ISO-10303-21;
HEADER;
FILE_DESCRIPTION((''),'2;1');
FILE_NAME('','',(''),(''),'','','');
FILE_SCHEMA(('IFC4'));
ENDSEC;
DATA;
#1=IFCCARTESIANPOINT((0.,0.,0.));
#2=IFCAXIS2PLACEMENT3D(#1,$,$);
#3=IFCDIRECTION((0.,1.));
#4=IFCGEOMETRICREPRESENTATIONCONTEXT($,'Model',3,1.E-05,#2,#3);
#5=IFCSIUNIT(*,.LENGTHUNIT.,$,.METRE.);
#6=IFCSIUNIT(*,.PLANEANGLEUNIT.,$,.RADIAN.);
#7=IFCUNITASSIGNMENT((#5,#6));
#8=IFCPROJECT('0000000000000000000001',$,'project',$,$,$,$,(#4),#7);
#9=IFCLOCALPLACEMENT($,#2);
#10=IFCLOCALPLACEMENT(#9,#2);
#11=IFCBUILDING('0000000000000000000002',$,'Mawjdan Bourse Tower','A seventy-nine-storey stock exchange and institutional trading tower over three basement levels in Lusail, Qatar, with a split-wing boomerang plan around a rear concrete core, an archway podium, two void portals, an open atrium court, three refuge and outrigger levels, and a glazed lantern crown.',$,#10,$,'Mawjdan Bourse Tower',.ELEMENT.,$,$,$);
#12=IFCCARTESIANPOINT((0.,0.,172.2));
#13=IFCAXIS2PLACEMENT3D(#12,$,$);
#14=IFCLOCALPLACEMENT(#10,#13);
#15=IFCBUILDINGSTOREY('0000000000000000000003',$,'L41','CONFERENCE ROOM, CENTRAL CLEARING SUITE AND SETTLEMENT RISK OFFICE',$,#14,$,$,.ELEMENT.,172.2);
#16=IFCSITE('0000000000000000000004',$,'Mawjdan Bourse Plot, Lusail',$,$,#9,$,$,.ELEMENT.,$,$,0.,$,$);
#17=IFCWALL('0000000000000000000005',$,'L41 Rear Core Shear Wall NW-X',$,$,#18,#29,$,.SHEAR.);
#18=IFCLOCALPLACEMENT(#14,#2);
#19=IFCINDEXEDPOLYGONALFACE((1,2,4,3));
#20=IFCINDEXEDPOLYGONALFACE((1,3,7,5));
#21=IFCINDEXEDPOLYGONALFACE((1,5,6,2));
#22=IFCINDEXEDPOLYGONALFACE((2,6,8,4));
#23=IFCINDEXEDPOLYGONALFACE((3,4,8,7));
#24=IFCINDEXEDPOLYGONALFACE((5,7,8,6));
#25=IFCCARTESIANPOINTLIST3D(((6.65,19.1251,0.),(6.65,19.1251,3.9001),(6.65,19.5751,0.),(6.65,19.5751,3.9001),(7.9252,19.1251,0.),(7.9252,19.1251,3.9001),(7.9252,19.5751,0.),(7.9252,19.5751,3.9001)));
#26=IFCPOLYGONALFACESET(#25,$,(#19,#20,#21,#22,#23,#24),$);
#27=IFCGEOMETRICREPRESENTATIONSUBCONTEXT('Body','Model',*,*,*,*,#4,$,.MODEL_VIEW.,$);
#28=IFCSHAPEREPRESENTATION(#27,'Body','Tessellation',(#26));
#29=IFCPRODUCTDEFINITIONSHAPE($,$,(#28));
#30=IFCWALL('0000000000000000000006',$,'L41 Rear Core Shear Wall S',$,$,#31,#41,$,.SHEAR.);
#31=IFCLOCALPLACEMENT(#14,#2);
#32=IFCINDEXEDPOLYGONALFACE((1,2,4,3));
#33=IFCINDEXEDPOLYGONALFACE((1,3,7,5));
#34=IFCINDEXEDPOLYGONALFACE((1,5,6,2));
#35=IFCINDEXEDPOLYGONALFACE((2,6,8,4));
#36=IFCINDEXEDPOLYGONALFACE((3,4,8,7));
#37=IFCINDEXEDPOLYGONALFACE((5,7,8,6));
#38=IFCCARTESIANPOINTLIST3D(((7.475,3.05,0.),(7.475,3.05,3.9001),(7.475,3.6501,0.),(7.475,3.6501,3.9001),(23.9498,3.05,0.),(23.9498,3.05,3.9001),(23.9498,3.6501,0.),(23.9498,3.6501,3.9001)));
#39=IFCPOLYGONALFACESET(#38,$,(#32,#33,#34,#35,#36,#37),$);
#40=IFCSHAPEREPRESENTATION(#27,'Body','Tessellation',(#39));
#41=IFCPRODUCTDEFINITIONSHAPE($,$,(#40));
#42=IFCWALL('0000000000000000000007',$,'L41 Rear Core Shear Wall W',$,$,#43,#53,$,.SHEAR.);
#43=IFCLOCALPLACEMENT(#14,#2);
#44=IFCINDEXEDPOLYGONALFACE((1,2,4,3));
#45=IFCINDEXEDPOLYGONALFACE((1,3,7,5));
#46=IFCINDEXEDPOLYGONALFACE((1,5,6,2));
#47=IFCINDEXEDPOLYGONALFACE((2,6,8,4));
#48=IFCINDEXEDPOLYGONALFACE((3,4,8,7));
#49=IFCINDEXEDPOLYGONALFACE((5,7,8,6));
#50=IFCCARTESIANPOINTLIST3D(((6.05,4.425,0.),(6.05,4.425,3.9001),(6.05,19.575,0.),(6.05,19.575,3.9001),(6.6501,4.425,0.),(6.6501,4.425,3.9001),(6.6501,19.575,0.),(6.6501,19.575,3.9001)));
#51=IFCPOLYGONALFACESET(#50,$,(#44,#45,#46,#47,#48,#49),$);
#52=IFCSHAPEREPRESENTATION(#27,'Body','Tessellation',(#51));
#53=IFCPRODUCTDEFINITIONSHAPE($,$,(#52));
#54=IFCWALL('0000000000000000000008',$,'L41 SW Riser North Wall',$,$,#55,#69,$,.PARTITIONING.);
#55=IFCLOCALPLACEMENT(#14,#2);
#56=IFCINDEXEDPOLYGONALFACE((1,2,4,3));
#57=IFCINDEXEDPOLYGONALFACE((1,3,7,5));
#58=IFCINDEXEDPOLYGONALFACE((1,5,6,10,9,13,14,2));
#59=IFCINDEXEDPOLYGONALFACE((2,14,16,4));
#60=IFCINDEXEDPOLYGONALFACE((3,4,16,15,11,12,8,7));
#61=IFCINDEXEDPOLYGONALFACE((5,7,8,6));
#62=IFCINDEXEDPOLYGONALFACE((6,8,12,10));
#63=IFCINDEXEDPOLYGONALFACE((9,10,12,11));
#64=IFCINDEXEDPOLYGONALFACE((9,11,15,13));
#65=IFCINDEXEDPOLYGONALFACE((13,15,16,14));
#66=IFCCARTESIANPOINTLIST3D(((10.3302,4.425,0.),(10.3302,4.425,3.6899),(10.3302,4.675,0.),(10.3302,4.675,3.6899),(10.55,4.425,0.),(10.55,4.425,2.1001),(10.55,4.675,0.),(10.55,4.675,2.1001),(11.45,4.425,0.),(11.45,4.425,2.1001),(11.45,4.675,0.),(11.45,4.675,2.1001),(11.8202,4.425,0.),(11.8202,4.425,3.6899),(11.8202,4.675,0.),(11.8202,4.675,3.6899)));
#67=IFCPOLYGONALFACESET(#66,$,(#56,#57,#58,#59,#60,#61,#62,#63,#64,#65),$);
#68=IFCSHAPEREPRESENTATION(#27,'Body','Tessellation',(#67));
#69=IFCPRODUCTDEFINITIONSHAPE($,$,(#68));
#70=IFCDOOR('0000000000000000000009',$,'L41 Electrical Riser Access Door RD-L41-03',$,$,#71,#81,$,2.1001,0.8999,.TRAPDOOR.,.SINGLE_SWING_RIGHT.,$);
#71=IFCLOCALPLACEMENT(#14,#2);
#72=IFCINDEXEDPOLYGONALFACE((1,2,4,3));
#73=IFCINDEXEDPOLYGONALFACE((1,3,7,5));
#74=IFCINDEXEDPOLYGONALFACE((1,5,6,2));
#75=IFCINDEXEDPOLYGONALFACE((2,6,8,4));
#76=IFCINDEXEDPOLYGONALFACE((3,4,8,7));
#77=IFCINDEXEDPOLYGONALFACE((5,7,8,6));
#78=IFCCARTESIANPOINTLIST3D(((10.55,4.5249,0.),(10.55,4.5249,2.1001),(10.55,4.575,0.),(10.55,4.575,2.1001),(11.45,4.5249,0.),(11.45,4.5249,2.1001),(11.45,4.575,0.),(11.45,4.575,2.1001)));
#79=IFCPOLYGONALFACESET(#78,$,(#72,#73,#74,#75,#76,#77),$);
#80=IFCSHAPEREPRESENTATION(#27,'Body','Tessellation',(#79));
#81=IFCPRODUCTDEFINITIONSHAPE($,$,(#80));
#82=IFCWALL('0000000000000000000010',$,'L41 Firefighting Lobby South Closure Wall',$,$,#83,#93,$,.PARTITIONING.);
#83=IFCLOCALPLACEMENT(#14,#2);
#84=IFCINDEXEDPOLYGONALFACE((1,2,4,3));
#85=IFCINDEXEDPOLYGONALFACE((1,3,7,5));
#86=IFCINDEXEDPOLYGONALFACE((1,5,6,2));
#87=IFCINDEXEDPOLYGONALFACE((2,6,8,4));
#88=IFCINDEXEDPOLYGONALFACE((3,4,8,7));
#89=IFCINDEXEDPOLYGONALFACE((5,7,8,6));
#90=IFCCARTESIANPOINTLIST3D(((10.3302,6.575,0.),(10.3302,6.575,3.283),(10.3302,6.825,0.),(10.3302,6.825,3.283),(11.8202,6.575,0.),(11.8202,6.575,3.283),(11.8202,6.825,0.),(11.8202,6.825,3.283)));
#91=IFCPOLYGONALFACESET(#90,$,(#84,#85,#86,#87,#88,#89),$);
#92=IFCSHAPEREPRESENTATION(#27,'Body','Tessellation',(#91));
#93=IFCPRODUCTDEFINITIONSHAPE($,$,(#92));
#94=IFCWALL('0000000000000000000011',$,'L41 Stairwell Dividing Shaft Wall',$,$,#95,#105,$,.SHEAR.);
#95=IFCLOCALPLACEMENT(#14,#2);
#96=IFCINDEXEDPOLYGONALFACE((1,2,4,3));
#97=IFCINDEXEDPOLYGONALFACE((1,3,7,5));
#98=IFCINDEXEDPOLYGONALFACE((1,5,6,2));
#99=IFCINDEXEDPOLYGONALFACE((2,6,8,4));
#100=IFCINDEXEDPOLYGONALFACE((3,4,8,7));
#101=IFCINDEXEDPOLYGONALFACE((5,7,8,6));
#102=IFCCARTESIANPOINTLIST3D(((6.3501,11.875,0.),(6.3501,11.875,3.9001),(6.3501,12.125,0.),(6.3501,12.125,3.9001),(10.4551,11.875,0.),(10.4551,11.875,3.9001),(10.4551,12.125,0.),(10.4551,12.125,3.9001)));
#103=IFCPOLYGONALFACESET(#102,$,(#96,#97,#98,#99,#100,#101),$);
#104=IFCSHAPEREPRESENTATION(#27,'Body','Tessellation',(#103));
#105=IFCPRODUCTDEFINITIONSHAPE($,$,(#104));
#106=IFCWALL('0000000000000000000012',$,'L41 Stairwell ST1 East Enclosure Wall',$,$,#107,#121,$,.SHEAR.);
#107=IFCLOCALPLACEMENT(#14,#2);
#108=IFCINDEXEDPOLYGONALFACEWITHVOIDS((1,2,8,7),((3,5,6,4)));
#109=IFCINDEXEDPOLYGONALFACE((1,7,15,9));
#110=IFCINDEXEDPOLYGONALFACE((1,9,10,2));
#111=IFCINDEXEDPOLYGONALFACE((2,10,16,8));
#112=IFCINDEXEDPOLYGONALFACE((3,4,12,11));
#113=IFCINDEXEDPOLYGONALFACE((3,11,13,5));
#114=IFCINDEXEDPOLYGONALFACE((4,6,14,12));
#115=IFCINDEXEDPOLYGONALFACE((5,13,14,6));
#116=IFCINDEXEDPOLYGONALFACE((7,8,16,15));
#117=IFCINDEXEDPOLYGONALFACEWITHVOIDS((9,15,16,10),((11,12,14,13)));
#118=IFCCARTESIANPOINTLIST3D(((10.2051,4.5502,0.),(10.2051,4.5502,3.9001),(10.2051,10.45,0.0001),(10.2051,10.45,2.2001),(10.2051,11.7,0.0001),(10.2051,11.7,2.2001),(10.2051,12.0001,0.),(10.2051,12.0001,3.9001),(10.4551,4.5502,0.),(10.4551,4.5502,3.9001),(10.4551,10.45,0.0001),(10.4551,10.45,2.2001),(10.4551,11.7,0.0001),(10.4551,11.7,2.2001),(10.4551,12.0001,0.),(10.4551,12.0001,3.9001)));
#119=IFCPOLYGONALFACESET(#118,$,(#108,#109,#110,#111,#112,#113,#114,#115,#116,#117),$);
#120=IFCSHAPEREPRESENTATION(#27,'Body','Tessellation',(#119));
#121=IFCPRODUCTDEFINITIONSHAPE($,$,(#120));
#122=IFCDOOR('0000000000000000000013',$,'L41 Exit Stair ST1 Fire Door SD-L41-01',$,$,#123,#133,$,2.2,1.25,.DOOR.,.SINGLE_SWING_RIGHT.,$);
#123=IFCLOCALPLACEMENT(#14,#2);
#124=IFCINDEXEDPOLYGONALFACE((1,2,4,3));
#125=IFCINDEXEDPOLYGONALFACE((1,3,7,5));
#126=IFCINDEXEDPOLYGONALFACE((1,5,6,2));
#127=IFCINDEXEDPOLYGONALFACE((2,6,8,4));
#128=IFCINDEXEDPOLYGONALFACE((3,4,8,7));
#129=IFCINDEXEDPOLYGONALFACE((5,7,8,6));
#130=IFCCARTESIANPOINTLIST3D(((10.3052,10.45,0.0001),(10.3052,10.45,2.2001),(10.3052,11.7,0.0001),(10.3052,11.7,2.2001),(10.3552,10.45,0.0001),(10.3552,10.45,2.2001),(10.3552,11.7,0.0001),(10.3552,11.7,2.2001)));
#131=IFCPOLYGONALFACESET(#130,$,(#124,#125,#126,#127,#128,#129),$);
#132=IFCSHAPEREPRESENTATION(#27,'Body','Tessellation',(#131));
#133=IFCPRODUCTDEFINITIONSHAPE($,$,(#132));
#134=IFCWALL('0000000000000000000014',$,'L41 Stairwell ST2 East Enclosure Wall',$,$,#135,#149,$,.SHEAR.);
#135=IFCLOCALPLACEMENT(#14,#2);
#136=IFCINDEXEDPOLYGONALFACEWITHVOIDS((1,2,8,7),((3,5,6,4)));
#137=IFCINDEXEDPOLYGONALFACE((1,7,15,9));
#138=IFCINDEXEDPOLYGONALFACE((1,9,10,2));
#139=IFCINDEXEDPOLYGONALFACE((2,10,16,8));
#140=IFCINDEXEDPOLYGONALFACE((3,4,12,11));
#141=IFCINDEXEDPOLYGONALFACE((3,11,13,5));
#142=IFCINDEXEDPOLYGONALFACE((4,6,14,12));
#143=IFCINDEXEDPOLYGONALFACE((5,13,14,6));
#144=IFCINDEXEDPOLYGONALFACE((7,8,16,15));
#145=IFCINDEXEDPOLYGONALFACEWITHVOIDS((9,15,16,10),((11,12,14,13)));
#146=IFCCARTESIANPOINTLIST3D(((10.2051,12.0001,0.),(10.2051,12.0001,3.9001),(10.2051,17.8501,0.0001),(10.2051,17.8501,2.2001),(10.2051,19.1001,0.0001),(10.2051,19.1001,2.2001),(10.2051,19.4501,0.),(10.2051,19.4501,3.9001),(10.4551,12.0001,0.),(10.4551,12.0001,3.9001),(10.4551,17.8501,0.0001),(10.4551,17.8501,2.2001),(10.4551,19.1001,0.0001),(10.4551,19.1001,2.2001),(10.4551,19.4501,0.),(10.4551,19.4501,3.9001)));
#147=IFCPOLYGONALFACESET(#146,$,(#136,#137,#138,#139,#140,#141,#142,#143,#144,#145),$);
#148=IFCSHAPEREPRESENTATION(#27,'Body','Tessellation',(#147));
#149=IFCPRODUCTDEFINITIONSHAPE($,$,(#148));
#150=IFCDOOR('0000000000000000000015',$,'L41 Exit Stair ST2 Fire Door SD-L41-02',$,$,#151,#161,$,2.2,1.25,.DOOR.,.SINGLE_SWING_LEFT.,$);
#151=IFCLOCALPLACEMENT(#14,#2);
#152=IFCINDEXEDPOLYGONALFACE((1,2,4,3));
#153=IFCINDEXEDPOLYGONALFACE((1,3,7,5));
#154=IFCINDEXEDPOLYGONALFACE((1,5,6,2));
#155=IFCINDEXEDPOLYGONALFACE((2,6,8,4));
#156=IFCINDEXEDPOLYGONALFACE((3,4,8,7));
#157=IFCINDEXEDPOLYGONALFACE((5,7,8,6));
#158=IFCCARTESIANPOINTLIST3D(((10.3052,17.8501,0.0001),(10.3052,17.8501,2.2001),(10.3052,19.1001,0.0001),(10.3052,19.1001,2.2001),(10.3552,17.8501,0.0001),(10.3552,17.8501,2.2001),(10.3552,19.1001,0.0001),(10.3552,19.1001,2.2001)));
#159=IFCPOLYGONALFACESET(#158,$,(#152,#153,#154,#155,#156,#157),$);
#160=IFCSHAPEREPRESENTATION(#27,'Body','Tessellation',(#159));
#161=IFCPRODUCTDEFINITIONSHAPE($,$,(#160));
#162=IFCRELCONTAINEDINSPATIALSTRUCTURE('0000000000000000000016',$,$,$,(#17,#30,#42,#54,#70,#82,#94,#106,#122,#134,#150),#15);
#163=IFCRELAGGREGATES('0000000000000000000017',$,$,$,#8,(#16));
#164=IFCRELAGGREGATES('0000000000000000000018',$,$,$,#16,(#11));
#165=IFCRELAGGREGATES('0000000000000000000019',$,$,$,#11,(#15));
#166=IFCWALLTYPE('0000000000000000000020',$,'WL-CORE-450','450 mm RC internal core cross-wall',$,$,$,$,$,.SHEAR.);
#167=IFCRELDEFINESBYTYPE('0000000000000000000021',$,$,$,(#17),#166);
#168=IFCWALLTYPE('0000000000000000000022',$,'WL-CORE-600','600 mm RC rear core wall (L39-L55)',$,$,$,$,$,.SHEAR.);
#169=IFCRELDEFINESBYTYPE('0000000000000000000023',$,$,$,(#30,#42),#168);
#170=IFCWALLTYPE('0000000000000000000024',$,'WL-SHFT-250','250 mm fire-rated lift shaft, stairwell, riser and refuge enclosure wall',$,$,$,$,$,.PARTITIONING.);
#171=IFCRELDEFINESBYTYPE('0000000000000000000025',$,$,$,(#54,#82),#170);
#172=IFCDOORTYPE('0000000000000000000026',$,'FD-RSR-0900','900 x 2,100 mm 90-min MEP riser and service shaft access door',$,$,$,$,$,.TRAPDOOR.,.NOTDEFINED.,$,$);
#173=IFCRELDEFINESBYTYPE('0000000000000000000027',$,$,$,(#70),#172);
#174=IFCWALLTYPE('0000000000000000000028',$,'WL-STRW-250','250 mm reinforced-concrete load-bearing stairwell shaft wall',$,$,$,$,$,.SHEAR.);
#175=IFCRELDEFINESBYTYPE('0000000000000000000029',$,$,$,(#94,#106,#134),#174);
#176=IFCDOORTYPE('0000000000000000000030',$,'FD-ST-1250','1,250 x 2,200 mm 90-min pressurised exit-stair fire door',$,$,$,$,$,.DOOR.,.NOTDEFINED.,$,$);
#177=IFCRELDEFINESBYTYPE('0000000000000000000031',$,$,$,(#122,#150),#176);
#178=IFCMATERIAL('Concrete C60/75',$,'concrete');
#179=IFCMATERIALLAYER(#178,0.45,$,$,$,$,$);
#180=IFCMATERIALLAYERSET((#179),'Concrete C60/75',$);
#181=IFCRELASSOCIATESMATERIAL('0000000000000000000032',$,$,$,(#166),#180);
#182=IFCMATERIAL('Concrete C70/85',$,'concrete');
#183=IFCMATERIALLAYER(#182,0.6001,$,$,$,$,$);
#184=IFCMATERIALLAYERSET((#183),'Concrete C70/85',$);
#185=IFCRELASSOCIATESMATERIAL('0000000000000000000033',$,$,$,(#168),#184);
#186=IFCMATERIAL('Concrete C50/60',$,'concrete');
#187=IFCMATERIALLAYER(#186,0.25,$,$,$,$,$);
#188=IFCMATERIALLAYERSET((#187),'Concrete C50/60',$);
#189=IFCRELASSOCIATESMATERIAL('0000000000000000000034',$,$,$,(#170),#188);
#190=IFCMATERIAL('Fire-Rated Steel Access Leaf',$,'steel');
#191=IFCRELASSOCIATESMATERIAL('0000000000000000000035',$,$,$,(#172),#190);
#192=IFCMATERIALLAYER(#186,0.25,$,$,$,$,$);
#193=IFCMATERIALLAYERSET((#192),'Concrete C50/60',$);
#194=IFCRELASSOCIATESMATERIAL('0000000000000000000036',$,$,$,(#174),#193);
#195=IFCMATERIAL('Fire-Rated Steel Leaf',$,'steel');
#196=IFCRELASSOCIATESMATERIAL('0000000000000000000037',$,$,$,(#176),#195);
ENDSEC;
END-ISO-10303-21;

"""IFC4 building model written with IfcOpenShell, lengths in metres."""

from ifc_helpers import new_model, si_unit, direction, frame, frame_2d, origin, place, context, subcontext, project, spatial, rectangle, extrude, material, layer, layer_set, type_object, element, fill, save


model = new_model("IFC4")

# Units and contexts
model_context = context("Model", 3, precision=1e-05, world=origin(), true_north=direction((0.0, 1.0)))
body_context = subcontext(model_context, "Body", "Model", "MODEL_VIEW")
ifc_project = project(units=[si_unit("LENGTHUNIT", "METRE"), si_unit("PLANEANGLEUNIT", "RADIAN")], contexts=[model_context])

# Site, building, storey
site_placement = place(None, origin())
site = spatial("IfcSite", under=ifc_project, at=site_placement, Name="Mawjdan Bourse Plot, Lusail", CompositionType="ELEMENT", RefElevation=0.0)
building_placement = place(site_placement, origin())
building = spatial("IfcBuilding", under=site, at=building_placement, Name="Mawjdan Bourse Tower", Description="A seventy-nine-storey stock exchange and institutional trading tower over three basement levels in Lusail, Qatar, with a split-wing boomerang plan around a rear concrete core, an archway podium, two void portals, an open atrium court, three refuge and outrigger levels, and a glazed lantern crown.", LongName="Mawjdan Bourse Tower", CompositionType="ELEMENT")
storey_placement = place(building_placement, frame((0.0, 0.0, 172.2)))
storey = spatial("IfcBuildingStorey", under=building, at=storey_placement, Name="L41", Description="CONFERENCE ROOM, CENTRAL CLEARING SUITE AND SETTLEMENT RISK OFFICE", CompositionType="ELEMENT", Elevation=172.2)

# Shared definitions
ifc_material_1 = material(Name="Concrete C50/60", Category="concrete")

# Walls
ifc_material_2 = material(Name="Concrete C60/75", Category="concrete")
ifc_layer_1 = layer(ifc_material_2, 0.45)
ifc_layer_set_1 = layer_set([ifc_layer_1], Name="Concrete C60/75")
wall_type_1 = type_object("IfcWallType", Name="WL-CORE-450", Description="450 mm RC internal core cross-wall", PredefinedType="SHEAR", material=ifc_layer_set_1)
wall_1_placement = place(storey_placement, frame((6.6499, 19.3501, 0.0), z_axis=(0.0, 0.0, 1.0), x_axis=(1.0, 0.0, 0.0)))
element("IfcWall", 1, at=wall_1_placement, inside=storey, type_object=wall_type_1, Name="L41 Rear Core Shear Wall NW-X", PredefinedType="SHEAR", context=body_context, shape_type="SweptSolid", body=[
    extrude(rectangle(XDim=1.2751, YDim=0.45, at=frame_2d((0.6377, 0.0))), origin(), (0.0, 0.0, 1.0), 3.9001),
])
ifc_material_3 = material(Name="Concrete C70/85", Category="concrete")
ifc_layer_2 = layer(ifc_material_3, 0.6001)
ifc_layer_set_2 = layer_set([ifc_layer_2], Name="Concrete C70/85")
wall_type_2 = type_object("IfcWallType", Name="WL-CORE-600", Description="600 mm RC rear core wall (L39-L55)", PredefinedType="SHEAR", material=ifc_layer_set_2)
wall_2_placement = place(storey_placement, frame((7.4751, 3.3501, 0.0), z_axis=(0.0, 0.0, 1.0), x_axis=(1.0, 0.0, 0.0)))
element("IfcWall", 2, at=wall_2_placement, inside=storey, type_object=wall_type_2, Name="L41 Rear Core Shear Wall S", PredefinedType="SHEAR", context=body_context, shape_type="SweptSolid", body=[
    extrude(rectangle(XDim=16.4749, YDim=0.6001, at=frame_2d((8.2373, 0.0))), origin(), (0.0, 0.0, 1.0), 3.9001),
])
wall_3_placement = place(storey_placement, frame((6.3501, 4.425, 0.0), z_axis=(0.0, 0.0, 1.0), x_axis=(0.0, 1.0, 0.0)))
element("IfcWall", 3, at=wall_3_placement, inside=storey, type_object=wall_type_2, Name="L41 Rear Core Shear Wall W", PredefinedType="SHEAR", context=body_context, shape_type="SweptSolid", body=[
    extrude(rectangle(XDim=15.1499, YDim=0.6001, at=frame_2d((7.575, 0.0))), origin(), (0.0, 0.0, 1.0), 3.9001),
])

# Wall, opening, door
ifc_layer_3 = layer(ifc_material_1, 0.25)
ifc_layer_set_3 = layer_set([ifc_layer_3], Name="Concrete C50/60")
wall_type_3 = type_object("IfcWallType", Name="WL-SHFT-250", Description="250 mm fire-rated lift shaft, stairwell, riser and refuge enclosure wall", PredefinedType="PARTITIONING", material=ifc_layer_set_3)
wall_4_placement = place(storey_placement, frame((10.3301, 4.55, 0.0), z_axis=(0.0, 0.0, 1.0), x_axis=(1.0, 0.0, 0.0)))
wall_4 = element("IfcWall", 4, at=wall_4_placement, inside=storey, type_object=wall_type_3, Name="L41 SW Riser North Wall", PredefinedType="PARTITIONING", context=body_context, shape_type="SweptSolid", body=[
    extrude(rectangle(XDim=1.49, YDim=0.25, at=frame_2d((0.7451, 0.0))), origin(), (0.0, 0.0, 1.0), 3.6899),
])
opening_1_placement = place(wall_4_placement, frame((0.22, 0.0, 0.0)))
opening_1 = element("IfcOpeningElement", 5, at=opening_1_placement, cuts=wall_4, PredefinedType="OPENING", context=body_context, shape_type="SweptSolid", body=[
    extrude(rectangle(XDim=0.8999, YDim=2.1001, at=frame_2d((0.45, 1.05))), frame((0.0, 0.135, 0.0), z_axis=(0.0, -1.0, 0.0), x_axis=(1.0, 0.0, 0.0)), (0.0, 0.0, 1.0), 0.27),
])
ifc_material_4 = material(Name="Fire-Rated Steel Access Leaf", Category="steel")
door_type_1 = type_object("IfcDoorType", Name="FD-RSR-0900", Description="900 x 2,100 mm 90-min MEP riser and service shaft access door", OperationType="NOTDEFINED", PredefinedType="TRAPDOOR", material=ifc_material_4)
door_1_placement = place(opening_1_placement, origin())
door_1 = element("IfcDoor", 6, at=door_1_placement, inside=storey, type_object=door_type_1, Name="L41 Electrical Riser Access Door RD-L41-03", OperationType="SINGLE_SWING_RIGHT", OverallHeight=2.1001, OverallWidth=0.8999, PredefinedType="TRAPDOOR", context=body_context, shape_type="SweptSolid", body=[
    extrude(rectangle(XDim=0.8999, YDim=2.1001, at=frame_2d((0.45, 1.05))), frame((0.0, 0.0249, 0.0), z_axis=(0.0, -1.0, 0.0), x_axis=(1.0, 0.0, 0.0)), (0.0, 0.0, 1.0), 0.05),
])
fill(opening_1, door_1)

# Walls
wall_5_placement = place(storey_placement, frame((10.3301, 6.7, 0.0), z_axis=(0.0, 0.0, 1.0), x_axis=(1.0, 0.0, 0.0)))
element("IfcWall", 7, at=wall_5_placement, inside=storey, type_object=wall_type_3, Name="L41 Firefighting Lobby South Closure Wall", PredefinedType="PARTITIONING", context=body_context, shape_type="SweptSolid", body=[
    extrude(rectangle(XDim=1.49, YDim=0.25, at=frame_2d((0.7451, 0.0))), origin(), (0.0, 0.0, 1.0), 3.283),
])
ifc_layer_4 = layer(ifc_material_1, 0.25)
ifc_layer_set_4 = layer_set([ifc_layer_4], Name="Concrete C50/60")
wall_type_4 = type_object("IfcWallType", Name="WL-STRW-250", Description="250 mm reinforced-concrete load-bearing stairwell shaft wall", PredefinedType="SHEAR", material=ifc_layer_set_4)
wall_6_placement = place(storey_placement, frame((6.3501, 12.0, 0.0), z_axis=(0.0, 0.0, 1.0), x_axis=(1.0, 0.0, 0.0)))
element("IfcWall", 8, at=wall_6_placement, inside=storey, type_object=wall_type_4, Name="L41 Stairwell Dividing Shaft Wall", PredefinedType="SHEAR", context=body_context, shape_type="SweptSolid", body=[
    extrude(rectangle(XDim=4.105, YDim=0.25, at=frame_2d((2.0525, 0.0))), origin(), (0.0, 0.0, 1.0), 3.9001),
])

# Walls, openings, doors
wall_7_placement = place(storey_placement, frame((10.3301, 4.55, 0.0), z_axis=(0.0, 0.0, 1.0), x_axis=(0.0, 1.0, 0.0)))
wall_7 = element("IfcWall", 9, at=wall_7_placement, inside=storey, type_object=wall_type_4, Name="L41 Stairwell ST1 East Enclosure Wall", PredefinedType="SHEAR", context=body_context, shape_type="SweptSolid", body=[
    extrude(rectangle(XDim=7.45, YDim=0.25, at=frame_2d((3.7251, 0.0))), origin(), (0.0, 0.0, 1.0), 3.9001),
])
opening_2_placement = place(wall_7_placement, frame((5.8999, 0.0, 0.0)))
opening_2 = element("IfcOpeningElement", 10, at=opening_2_placement, cuts=wall_7, PredefinedType="OPENING", context=body_context, shape_type="SweptSolid", body=[
    extrude(rectangle(XDim=1.25, YDim=2.2, at=frame_2d((0.625, 1.1001))), frame((0.0, 0.135, 0.0), z_axis=(0.0, -1.0, 0.0), x_axis=(1.0, 0.0, 0.0)), (0.0, 0.0, 1.0), 0.27),
])
ifc_material_5 = material(Name="Fire-Rated Steel Leaf", Category="steel")
door_type_2 = type_object("IfcDoorType", Name="FD-ST-1250", Description="1,250 x 2,200 mm 90-min pressurised exit-stair fire door", OperationType="NOTDEFINED", PredefinedType="DOOR", material=ifc_material_5)
door_2_placement = place(opening_2_placement, origin())
door_2 = element("IfcDoor", 11, at=door_2_placement, inside=storey, type_object=door_type_2, Name="L41 Exit Stair ST1 Fire Door SD-L41-01", OperationType="SINGLE_SWING_RIGHT", OverallHeight=2.2, OverallWidth=1.25, PredefinedType="DOOR", context=body_context, shape_type="SweptSolid", body=[
    extrude(rectangle(XDim=1.25, YDim=2.2, at=frame_2d((0.625, 1.1001))), frame((0.0, 0.0249, 0.0), z_axis=(0.0, -1.0, 0.0), x_axis=(1.0, 0.0, 0.0)), (0.0, 0.0, 1.0), 0.05),
])
fill(opening_2, door_2)
wall_8_placement = place(storey_placement, frame((10.3301, 12.0, 0.0), z_axis=(0.0, 0.0, 1.0), x_axis=(0.0, 1.0, 0.0)))
wall_8 = element("IfcWall", 12, at=wall_8_placement, inside=storey, type_object=wall_type_4, Name="L41 Stairwell ST2 East Enclosure Wall", PredefinedType="SHEAR", context=body_context, shape_type="SweptSolid", body=[
    extrude(rectangle(XDim=7.45, YDim=0.25, at=frame_2d((3.7251, 0.0))), origin(), (0.0, 0.0, 1.0), 3.9001),
])
opening_3_placement = place(wall_8_placement, frame((5.8501, 0.0, 0.0)))
opening_3 = element("IfcOpeningElement", 13, at=opening_3_placement, cuts=wall_8, PredefinedType="OPENING", context=body_context, shape_type="SweptSolid", body=[
    extrude(rectangle(XDim=1.25, YDim=2.2, at=frame_2d((0.625, 1.1001))), frame((0.0, 0.135, 0.0), z_axis=(0.0, -1.0, 0.0), x_axis=(1.0, 0.0, 0.0)), (0.0, 0.0, 1.0), 0.27),
])
door_3_placement = place(opening_3_placement, origin())
door_3 = element("IfcDoor", 14, at=door_3_placement, inside=storey, type_object=door_type_2, Name="L41 Exit Stair ST2 Fire Door SD-L41-02", OperationType="SINGLE_SWING_LEFT", OverallHeight=2.2, OverallWidth=1.25, PredefinedType="DOOR", context=body_context, shape_type="SweptSolid", body=[
    extrude(rectangle(XDim=1.25, YDim=2.2, at=frame_2d((0.625, 1.1001))), frame((0.0, 0.0249, 0.0), z_axis=(0.0, -1.0, 0.0), x_axis=(1.0, 0.0, 0.0)), (0.0, 0.0, 1.0), 0.05),
])
fill(opening_3, door_3)

save(model, "model.ifc")
